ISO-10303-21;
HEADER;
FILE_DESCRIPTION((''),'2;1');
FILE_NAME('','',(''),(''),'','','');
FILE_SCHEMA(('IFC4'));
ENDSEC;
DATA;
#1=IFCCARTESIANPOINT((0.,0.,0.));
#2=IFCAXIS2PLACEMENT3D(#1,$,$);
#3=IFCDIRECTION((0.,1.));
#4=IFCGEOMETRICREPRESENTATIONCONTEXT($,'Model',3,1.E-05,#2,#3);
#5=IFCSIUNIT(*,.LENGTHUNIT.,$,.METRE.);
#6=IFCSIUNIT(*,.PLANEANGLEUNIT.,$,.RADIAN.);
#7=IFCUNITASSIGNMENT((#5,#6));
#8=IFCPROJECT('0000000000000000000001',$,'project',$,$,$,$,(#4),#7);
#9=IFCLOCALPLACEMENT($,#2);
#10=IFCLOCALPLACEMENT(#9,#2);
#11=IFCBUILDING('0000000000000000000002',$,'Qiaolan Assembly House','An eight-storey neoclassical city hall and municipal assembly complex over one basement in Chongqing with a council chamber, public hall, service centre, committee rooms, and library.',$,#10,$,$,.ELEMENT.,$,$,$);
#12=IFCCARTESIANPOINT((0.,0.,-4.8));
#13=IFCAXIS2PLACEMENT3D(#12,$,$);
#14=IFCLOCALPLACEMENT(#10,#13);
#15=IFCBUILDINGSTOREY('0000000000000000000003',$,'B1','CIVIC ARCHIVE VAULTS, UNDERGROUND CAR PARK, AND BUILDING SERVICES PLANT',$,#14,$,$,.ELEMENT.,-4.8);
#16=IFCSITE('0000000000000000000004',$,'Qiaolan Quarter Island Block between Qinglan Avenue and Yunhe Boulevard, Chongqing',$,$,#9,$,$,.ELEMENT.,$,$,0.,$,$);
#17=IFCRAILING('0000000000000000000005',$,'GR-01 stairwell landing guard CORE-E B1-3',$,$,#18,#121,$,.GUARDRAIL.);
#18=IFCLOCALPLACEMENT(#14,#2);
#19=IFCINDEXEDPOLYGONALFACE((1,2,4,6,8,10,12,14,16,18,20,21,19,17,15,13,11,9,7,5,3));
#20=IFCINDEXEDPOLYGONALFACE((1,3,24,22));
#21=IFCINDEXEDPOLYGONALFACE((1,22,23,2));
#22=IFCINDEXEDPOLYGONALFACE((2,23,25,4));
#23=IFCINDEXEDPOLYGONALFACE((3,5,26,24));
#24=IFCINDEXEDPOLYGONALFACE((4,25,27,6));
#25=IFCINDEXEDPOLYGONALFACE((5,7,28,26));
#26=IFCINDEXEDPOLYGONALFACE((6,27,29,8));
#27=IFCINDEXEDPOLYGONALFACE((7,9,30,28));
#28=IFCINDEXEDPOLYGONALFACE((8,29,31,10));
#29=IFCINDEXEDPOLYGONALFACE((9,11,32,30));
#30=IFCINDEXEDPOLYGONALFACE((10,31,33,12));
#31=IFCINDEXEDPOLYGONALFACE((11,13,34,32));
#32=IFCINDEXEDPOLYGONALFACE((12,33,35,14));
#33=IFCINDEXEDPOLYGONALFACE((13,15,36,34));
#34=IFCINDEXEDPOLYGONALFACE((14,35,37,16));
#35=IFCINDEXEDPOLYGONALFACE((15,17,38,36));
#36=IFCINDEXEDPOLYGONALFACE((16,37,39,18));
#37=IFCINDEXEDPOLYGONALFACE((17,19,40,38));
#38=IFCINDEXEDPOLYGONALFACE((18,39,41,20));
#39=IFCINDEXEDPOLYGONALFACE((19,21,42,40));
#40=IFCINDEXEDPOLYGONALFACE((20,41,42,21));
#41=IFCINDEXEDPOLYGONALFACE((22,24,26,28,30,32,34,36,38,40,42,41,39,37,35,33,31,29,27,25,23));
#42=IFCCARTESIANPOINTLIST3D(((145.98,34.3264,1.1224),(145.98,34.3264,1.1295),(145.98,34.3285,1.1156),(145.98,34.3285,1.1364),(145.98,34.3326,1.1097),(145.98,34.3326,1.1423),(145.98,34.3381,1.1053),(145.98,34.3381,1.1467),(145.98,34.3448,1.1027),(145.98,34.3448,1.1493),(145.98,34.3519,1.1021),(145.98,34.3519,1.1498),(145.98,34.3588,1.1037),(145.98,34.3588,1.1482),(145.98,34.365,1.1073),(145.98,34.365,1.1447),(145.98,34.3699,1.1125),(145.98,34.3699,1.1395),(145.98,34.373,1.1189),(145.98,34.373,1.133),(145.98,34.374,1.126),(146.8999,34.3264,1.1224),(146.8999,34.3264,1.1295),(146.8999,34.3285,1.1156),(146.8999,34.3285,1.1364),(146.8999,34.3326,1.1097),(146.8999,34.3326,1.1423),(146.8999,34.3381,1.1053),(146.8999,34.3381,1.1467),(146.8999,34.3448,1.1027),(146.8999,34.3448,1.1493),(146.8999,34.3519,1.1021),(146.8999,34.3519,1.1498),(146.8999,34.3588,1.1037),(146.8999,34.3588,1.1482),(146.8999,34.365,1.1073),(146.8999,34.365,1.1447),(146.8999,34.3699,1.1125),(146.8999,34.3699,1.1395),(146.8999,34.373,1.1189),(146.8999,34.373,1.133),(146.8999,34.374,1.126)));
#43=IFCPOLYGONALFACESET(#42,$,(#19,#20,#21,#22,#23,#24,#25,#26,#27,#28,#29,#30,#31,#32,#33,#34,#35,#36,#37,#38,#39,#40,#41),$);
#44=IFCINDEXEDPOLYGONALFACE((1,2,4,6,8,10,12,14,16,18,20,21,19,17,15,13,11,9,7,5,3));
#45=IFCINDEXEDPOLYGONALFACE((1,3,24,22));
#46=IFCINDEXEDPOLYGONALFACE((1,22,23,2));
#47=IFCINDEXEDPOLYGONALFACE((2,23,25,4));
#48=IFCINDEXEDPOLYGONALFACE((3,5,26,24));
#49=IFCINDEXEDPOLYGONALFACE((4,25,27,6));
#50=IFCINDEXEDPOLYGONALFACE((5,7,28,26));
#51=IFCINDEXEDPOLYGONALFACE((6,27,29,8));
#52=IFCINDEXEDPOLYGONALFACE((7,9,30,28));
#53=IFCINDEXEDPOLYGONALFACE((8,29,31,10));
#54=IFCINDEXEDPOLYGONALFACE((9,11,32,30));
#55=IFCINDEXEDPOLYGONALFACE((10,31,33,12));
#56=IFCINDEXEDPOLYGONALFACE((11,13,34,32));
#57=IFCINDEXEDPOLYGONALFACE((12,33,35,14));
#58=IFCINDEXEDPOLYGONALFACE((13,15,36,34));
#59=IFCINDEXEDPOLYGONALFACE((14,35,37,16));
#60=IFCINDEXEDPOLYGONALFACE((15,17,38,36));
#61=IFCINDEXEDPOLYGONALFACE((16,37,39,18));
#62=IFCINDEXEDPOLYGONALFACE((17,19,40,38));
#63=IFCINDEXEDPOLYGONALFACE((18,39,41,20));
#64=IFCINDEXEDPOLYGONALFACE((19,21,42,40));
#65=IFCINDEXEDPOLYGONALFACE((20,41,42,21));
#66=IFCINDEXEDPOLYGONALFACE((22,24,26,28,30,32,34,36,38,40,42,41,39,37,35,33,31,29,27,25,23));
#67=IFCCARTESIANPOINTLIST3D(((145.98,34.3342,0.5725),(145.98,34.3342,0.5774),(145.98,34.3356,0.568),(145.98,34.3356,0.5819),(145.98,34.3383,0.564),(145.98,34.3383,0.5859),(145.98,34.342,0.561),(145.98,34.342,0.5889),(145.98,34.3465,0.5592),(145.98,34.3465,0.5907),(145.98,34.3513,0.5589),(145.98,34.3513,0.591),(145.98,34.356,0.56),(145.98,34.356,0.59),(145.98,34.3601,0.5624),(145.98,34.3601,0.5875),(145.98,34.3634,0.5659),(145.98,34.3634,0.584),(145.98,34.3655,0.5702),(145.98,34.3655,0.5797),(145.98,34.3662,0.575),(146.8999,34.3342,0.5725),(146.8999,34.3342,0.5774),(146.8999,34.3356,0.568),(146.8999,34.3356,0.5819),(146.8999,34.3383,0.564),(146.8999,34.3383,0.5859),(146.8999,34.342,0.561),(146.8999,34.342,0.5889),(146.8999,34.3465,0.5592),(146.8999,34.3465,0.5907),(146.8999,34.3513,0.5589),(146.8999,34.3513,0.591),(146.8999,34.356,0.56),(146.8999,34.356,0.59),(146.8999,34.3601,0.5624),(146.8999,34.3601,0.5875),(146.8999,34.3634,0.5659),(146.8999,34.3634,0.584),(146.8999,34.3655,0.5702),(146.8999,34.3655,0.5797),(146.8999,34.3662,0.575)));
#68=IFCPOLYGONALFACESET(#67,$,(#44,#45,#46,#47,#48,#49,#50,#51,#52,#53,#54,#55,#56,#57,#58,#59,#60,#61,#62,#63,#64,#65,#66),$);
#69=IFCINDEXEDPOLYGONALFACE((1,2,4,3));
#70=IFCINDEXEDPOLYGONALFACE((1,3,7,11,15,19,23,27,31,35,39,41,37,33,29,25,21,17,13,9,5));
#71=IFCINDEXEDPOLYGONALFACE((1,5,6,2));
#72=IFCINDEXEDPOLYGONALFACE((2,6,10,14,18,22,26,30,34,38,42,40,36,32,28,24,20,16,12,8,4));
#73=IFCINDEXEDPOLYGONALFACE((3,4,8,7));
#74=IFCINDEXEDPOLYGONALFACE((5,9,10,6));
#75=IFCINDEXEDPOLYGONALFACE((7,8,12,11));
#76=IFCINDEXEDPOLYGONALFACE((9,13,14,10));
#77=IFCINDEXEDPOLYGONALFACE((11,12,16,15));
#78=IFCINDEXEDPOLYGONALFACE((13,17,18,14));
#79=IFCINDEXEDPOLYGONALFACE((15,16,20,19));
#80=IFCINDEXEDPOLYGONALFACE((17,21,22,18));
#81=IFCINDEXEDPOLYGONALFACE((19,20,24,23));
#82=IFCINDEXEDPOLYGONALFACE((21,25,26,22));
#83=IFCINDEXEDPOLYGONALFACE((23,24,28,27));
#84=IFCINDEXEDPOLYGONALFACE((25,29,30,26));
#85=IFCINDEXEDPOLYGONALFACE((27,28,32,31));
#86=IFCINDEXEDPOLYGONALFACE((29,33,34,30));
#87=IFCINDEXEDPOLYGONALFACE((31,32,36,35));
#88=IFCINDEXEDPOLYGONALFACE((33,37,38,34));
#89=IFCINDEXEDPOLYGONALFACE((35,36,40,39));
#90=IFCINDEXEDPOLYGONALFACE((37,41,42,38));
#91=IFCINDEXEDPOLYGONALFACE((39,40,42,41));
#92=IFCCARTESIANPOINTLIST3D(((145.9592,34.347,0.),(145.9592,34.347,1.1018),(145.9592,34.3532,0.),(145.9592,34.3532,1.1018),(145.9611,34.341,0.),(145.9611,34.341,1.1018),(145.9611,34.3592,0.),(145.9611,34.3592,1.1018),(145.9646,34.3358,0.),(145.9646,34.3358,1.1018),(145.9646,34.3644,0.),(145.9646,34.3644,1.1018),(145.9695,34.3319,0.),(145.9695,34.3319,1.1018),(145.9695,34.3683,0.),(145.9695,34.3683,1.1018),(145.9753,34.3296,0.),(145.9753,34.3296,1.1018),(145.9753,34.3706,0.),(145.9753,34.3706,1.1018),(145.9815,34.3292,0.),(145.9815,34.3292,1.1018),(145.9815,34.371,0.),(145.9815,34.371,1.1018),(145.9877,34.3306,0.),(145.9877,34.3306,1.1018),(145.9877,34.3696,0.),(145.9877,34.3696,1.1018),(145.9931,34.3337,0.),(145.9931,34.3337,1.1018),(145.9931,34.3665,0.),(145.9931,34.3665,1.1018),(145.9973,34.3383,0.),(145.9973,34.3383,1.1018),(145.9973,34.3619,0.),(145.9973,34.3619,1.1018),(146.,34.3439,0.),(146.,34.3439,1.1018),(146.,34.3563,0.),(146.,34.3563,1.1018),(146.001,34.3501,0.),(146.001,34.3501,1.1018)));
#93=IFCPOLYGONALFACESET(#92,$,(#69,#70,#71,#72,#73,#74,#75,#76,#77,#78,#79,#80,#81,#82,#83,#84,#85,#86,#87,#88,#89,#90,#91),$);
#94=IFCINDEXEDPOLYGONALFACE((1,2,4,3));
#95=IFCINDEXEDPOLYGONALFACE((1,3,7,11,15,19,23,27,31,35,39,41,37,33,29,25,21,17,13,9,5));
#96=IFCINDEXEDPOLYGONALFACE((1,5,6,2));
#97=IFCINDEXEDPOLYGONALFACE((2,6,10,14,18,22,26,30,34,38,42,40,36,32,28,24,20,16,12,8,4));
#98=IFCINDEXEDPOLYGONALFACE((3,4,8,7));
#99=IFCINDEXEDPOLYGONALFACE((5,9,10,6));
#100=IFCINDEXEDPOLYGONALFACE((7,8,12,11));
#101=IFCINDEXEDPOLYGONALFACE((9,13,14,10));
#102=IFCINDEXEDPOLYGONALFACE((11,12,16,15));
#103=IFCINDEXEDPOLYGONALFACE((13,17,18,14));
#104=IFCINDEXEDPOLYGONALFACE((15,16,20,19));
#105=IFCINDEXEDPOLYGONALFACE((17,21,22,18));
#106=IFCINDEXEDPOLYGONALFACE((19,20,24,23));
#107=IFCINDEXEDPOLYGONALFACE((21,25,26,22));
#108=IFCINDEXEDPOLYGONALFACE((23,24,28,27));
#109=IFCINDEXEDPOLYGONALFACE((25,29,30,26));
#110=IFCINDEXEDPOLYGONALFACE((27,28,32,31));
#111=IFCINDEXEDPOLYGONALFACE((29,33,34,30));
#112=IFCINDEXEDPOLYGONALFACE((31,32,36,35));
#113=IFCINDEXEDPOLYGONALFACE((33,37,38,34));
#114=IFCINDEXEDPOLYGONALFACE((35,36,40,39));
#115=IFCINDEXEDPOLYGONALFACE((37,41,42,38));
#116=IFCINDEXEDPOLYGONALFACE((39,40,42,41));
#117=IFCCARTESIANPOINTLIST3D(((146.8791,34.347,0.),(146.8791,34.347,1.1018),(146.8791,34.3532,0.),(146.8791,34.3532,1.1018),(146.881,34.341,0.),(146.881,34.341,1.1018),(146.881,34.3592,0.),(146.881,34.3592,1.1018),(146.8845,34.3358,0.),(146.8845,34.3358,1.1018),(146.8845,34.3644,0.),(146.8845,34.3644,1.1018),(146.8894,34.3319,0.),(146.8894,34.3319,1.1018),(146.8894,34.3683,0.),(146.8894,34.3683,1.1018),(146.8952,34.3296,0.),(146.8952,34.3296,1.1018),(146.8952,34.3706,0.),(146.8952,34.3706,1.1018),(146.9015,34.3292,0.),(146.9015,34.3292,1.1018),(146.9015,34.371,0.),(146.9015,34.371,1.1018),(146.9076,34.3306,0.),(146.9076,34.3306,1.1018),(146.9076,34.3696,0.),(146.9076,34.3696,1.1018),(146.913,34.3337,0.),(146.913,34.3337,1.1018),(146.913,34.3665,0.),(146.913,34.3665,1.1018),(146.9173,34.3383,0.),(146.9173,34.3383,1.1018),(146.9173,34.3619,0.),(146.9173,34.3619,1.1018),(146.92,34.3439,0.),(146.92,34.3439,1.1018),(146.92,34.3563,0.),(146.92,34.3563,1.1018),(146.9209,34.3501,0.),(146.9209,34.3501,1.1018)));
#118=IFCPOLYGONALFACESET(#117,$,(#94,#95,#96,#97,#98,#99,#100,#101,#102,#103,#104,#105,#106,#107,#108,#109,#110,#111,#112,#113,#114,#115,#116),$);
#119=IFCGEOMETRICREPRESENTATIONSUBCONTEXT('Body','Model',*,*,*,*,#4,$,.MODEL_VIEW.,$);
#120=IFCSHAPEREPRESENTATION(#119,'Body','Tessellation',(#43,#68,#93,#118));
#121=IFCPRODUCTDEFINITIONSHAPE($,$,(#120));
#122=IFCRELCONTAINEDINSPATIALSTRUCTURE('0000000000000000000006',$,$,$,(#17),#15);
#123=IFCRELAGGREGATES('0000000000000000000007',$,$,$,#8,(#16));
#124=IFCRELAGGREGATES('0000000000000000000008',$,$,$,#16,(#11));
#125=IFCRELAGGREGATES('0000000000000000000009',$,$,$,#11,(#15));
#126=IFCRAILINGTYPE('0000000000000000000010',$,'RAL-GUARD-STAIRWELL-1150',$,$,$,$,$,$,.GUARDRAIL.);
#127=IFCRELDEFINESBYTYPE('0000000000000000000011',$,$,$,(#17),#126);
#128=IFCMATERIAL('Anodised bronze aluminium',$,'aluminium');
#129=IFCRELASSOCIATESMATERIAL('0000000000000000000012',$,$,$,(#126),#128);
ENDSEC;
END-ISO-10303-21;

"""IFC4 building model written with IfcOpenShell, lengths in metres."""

from ifc_helpers import new_model, si_unit, direction, frame, origin, origin_2d, place, context, subcontext, project, spatial, circle, extrude, material, type_object, element, save


model = new_model("IFC4")

# Units and contexts
model_context = context("Model", 3, precision=1e-05, world=origin(), true_north=direction((0.0, 1.0)))
body_context = subcontext(model_context, "Body", "Model", "MODEL_VIEW")
ifc_project = project(units=[si_unit("LENGTHUNIT", "METRE"), si_unit("PLANEANGLEUNIT", "RADIAN")], contexts=[model_context])

# Site, building, storey
site_placement = place(None, origin())
site = spatial("IfcSite", under=ifc_project, at=site_placement, Name="Qiaolan Quarter Island Block between Qinglan Avenue and Yunhe Boulevard, Chongqing", CompositionType="ELEMENT", RefElevation=0.0)
building_placement = place(site_placement, origin())
building = spatial("IfcBuilding", under=site, at=building_placement, Name="Qiaolan Assembly House", Description="An eight-storey neoclassical city hall and municipal assembly complex over one basement in Chongqing with a council chamber, public hall, service centre, committee rooms, and library.", CompositionType="ELEMENT")
storey_placement = place(building_placement, frame((0.0, 0.0, -4.8)))
storey = spatial("IfcBuildingStorey", under=building, at=storey_placement, Name="B1", Description="CIVIC ARCHIVE VAULTS, UNDERGROUND CAR PARK, AND BUILDING SERVICES PLANT", CompositionType="ELEMENT", Elevation=-4.8)

# Railing
ifc_material_1 = material(Name="Anodised bronze aluminium", Category="aluminium")
railing_type_1 = type_object("IfcRailingType", Name="RAL-GUARD-STAIRWELL-1150", PredefinedType="GUARDRAIL", material=ifc_material_1)
for number, where, name in (
    (1, (145.98, 34.3501, 0.0), "GR-01 stairwell landing guard CORE-E B1-3"),
):
    element("IfcRailing", number, at=place(storey_placement, frame(where)), inside=storey, type_object=railing_type_1, Name=name, PredefinedType="GUARDRAIL", context=body_context, shape_type="SweptSolid", body=[
        extrude(circle(Radius=0.0239, at=origin_2d()), frame((0.0, 0.0, 1.126), z_axis=(1.0, 0.0, 0.0), x_axis=(0.0, 1.0, 0.0)), (0.0, 0.0, 1.0), 0.9199),
        extrude(circle(Radius=0.0161, at=origin_2d()), frame((0.0, 0.0, 0.575), z_axis=(1.0, 0.0, 0.0), x_axis=(0.0, 1.0, 0.0)), (0.0, 0.0, 1.0), 0.9199),
        extrude(circle(Radius=0.021, at=origin_2d()), origin(), (0.0, 0.0, 1.0), 1.1018),
        extrude(circle(Radius=0.021, at=origin_2d()), frame((0.9199, 0.0, 0.0)), (0.0, 0.0, 1.0), 1.1018),
    ])

save(model, "model.ifc")
